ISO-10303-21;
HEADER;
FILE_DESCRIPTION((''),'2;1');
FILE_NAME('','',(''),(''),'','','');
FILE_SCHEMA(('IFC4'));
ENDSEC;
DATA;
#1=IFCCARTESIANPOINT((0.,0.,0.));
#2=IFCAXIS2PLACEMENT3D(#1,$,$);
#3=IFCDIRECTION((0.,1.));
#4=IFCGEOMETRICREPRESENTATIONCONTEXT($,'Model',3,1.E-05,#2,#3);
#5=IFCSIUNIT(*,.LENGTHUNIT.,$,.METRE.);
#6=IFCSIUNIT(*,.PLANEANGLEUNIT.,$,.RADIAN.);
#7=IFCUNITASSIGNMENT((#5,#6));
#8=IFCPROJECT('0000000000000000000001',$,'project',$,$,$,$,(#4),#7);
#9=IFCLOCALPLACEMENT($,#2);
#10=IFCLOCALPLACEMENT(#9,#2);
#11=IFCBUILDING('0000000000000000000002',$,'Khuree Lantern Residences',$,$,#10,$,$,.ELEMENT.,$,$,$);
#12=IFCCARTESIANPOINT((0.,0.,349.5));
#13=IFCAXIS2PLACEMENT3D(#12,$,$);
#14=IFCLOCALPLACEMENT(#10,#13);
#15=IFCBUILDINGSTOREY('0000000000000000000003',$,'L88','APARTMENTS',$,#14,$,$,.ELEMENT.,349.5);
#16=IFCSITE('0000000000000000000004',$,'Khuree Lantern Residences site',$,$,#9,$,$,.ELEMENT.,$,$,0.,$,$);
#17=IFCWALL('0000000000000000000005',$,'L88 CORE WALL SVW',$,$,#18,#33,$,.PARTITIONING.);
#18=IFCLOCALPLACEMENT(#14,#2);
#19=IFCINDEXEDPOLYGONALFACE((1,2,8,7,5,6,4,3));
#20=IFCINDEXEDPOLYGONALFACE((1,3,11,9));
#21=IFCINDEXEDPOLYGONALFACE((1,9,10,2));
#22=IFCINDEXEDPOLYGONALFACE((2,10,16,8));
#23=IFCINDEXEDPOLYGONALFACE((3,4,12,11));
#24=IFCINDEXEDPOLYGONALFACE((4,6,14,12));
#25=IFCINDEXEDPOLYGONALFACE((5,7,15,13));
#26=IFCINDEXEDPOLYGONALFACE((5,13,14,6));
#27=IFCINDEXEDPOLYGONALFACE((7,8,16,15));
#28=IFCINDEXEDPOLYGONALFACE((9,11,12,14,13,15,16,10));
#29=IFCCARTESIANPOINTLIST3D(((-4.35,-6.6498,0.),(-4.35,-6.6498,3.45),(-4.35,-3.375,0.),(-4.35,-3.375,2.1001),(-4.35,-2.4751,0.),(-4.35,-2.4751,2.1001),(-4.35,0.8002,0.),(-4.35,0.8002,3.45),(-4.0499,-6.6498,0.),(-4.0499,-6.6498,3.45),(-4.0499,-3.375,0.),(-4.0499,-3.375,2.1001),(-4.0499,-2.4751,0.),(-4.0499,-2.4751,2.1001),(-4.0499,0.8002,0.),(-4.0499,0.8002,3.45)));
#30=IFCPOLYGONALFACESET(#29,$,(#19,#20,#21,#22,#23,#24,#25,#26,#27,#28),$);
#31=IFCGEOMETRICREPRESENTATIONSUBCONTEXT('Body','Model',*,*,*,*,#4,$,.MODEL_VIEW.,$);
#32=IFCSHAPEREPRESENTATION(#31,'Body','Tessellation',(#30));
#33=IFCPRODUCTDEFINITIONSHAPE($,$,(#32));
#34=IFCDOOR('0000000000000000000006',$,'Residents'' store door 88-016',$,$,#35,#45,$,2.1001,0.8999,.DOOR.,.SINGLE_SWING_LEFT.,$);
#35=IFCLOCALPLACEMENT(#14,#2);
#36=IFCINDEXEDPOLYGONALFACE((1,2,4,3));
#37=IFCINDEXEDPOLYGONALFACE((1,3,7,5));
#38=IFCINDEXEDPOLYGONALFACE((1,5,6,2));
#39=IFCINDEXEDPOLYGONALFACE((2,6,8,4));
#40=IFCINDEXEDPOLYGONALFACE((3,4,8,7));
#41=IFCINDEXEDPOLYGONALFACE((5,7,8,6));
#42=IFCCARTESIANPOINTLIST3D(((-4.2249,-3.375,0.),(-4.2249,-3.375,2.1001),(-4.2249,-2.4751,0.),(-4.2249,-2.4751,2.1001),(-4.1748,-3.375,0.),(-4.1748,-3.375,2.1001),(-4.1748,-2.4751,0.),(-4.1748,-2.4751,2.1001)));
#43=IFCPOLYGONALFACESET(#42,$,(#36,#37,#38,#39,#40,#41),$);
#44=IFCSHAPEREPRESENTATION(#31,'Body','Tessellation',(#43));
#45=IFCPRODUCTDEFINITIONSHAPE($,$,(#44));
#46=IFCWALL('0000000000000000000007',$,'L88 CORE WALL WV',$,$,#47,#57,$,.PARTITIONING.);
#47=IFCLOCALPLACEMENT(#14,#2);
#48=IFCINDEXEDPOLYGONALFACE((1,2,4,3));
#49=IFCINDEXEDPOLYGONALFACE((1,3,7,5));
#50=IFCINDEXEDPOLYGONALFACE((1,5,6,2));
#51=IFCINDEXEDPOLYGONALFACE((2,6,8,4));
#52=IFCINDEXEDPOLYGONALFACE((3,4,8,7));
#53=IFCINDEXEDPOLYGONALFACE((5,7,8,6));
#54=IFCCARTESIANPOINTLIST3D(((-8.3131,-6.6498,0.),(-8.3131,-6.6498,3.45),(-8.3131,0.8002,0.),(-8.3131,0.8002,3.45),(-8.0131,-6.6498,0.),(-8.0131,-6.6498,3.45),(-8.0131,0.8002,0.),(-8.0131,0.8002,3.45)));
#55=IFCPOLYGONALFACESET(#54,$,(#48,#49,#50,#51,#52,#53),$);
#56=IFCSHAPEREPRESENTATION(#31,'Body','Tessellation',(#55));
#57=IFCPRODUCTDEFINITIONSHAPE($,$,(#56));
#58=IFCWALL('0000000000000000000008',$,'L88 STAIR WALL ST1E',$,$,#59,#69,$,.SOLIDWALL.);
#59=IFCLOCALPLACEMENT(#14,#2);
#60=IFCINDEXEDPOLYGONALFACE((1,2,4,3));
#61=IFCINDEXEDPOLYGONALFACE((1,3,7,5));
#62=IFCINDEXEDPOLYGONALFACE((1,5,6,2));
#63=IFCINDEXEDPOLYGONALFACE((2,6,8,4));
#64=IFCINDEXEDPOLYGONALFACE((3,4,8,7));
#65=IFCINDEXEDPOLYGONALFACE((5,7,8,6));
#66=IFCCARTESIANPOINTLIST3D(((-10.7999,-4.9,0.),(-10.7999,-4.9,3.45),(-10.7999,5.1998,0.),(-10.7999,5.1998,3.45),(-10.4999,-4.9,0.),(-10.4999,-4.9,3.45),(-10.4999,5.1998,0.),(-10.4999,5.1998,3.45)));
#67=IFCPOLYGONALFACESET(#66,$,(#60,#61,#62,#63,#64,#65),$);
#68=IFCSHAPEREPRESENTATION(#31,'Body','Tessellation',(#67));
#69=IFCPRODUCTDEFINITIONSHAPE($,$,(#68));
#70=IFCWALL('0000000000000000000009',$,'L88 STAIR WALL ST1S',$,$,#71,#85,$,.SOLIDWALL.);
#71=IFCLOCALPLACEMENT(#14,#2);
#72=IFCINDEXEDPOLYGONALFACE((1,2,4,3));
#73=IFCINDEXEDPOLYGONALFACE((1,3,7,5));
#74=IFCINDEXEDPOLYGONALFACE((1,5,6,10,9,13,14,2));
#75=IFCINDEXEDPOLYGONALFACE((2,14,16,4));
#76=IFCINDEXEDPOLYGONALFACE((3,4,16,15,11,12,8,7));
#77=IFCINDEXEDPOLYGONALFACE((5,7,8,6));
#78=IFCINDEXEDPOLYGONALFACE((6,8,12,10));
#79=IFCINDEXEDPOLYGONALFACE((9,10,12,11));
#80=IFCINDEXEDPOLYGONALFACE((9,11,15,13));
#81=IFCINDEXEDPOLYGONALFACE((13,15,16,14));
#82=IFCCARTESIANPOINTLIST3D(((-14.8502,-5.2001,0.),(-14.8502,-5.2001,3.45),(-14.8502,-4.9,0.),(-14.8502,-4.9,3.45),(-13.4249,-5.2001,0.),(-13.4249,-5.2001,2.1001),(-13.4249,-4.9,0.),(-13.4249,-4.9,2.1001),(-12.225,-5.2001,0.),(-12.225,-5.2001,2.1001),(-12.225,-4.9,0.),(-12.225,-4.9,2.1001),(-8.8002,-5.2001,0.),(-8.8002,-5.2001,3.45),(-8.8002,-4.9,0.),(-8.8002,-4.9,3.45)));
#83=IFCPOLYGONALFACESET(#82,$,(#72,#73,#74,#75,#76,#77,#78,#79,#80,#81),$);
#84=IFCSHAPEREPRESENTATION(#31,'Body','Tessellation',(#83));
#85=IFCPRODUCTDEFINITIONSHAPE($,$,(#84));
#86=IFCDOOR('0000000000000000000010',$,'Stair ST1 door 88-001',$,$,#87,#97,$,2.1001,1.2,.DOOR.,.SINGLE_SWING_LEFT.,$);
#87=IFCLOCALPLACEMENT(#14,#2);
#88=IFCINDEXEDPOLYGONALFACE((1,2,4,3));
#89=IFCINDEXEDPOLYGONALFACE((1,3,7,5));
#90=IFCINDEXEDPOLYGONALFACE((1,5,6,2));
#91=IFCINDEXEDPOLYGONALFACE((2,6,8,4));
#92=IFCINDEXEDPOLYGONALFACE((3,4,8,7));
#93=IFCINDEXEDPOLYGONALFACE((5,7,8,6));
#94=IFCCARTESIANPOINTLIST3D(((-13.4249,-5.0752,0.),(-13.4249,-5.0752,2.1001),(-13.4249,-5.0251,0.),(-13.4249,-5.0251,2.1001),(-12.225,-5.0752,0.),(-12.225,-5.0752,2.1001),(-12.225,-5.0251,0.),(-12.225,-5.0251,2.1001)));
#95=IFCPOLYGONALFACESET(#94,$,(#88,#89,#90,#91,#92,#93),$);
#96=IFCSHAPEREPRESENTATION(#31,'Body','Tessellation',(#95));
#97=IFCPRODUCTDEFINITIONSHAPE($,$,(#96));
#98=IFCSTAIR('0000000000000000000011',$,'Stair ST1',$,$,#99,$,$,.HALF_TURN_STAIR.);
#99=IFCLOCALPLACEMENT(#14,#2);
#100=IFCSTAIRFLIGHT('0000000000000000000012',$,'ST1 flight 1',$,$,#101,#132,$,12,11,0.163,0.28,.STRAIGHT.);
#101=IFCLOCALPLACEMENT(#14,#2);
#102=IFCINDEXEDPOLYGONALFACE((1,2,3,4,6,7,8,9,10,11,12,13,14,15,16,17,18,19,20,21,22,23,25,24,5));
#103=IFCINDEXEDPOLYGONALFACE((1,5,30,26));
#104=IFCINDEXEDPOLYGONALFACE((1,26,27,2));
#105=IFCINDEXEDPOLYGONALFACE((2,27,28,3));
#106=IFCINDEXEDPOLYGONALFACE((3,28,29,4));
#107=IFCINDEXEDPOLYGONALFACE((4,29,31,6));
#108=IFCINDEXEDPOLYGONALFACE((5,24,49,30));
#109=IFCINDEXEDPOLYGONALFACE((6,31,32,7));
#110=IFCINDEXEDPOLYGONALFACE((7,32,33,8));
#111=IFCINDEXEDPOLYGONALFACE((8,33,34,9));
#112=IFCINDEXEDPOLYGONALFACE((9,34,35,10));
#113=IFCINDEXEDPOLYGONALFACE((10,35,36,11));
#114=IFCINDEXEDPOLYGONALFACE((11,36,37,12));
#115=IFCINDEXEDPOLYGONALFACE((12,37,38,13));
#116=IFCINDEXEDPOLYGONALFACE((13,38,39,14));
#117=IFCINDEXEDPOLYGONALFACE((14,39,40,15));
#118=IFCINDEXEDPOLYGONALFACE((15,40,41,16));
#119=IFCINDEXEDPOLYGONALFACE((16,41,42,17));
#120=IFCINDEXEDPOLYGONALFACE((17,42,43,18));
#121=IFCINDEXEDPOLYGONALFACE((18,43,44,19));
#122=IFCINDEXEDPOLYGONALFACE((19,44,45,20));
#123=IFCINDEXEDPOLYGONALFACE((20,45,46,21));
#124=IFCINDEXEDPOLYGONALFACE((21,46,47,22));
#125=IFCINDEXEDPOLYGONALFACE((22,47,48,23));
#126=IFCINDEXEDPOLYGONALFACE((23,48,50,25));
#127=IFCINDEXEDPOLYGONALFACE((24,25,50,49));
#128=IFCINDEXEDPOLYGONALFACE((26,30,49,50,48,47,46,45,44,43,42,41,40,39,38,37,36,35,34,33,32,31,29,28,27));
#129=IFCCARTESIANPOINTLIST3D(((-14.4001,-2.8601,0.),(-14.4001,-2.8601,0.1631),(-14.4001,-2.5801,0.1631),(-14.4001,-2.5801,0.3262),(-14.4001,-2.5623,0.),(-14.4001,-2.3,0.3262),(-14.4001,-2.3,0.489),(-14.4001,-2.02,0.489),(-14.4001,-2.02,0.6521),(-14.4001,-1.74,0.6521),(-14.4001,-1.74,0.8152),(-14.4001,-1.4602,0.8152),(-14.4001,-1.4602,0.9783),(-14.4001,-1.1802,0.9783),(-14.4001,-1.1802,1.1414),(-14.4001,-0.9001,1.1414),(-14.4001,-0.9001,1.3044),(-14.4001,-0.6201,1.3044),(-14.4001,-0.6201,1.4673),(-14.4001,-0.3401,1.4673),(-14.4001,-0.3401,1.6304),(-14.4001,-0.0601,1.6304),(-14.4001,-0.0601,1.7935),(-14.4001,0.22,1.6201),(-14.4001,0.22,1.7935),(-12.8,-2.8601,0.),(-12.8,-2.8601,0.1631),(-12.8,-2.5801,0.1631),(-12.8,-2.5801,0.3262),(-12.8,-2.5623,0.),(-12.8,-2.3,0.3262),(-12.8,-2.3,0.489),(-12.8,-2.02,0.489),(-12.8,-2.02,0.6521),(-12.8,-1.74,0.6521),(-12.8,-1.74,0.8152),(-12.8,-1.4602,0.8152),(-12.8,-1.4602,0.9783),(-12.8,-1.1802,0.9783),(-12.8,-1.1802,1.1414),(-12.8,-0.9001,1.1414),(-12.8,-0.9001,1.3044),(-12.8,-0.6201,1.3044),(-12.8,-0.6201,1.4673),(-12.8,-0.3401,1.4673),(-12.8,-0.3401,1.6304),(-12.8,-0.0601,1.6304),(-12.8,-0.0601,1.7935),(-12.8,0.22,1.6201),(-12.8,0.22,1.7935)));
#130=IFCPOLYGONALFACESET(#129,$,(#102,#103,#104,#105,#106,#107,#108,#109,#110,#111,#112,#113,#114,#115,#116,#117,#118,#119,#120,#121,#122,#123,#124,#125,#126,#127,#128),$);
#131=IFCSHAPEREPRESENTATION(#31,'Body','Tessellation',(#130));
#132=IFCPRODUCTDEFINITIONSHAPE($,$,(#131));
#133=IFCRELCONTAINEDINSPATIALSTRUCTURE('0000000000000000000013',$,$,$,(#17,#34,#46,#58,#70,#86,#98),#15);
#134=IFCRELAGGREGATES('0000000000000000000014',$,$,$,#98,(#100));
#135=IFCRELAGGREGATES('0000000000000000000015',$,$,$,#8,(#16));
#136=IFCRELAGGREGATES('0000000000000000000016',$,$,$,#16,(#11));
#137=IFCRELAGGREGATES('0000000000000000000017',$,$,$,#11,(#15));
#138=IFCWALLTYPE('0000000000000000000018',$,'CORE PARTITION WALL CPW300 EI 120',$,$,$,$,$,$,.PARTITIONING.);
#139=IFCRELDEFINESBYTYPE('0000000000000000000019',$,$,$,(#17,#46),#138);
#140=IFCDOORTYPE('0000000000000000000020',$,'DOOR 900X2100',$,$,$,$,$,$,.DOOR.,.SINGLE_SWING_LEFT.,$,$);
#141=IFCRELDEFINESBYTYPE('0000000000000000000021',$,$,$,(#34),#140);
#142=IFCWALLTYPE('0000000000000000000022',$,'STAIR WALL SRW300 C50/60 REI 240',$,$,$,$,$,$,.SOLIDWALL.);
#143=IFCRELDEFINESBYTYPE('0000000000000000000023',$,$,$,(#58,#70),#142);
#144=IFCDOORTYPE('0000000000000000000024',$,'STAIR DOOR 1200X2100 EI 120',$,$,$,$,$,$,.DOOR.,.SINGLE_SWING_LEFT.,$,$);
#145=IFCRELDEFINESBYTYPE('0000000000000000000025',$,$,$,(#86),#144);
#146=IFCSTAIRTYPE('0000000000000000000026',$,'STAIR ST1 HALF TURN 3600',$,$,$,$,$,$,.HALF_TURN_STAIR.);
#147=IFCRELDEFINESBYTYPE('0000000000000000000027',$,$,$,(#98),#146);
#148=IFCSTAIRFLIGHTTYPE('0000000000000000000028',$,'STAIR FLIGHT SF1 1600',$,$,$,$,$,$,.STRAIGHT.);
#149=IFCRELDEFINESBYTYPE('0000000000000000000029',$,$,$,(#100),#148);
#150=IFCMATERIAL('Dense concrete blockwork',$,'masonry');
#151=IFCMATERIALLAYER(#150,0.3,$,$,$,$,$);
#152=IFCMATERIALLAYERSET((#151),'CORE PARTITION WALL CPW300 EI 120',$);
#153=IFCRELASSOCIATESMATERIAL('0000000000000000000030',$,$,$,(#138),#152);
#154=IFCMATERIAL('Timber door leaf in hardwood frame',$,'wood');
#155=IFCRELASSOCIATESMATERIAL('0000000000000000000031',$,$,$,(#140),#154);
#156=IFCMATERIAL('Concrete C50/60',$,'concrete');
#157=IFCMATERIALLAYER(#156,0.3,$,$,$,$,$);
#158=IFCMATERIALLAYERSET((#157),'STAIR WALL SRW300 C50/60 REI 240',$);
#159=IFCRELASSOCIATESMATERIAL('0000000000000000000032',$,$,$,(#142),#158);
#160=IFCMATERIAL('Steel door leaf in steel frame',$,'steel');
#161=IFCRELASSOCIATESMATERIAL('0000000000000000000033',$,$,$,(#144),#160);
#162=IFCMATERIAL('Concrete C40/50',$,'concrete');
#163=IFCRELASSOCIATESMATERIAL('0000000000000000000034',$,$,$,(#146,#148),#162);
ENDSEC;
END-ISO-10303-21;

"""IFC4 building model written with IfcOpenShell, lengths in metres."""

from ifc_helpers import new_model, si_unit, direction, frame, frame_2d, origin, place, context, subcontext, project, spatial, polyline, rectangle, outline, extrude, material, layer, layer_set, type_object, element, fill, aggregate, save


model = new_model("IFC4")

# Units and contexts
model_context = context("Model", 3, precision=1e-05, world=origin(), true_north=direction((0.0, 1.0)))
body_context = subcontext(model_context, "Body", "Model", "MODEL_VIEW")
ifc_project = project(units=[si_unit("LENGTHUNIT", "METRE"), si_unit("PLANEANGLEUNIT", "RADIAN")], contexts=[model_context])

# Site, building, storey
site_placement = place(None, origin())
site = spatial("IfcSite", under=ifc_project, at=site_placement, Name="Khuree Lantern Residences site", CompositionType="ELEMENT", RefElevation=0.0)
building_placement = place(site_placement, origin())
building = spatial("IfcBuilding", under=site, at=building_placement, Name="Khuree Lantern Residences", CompositionType="ELEMENT")
storey_placement = place(building_placement, frame((0.0, 0.0, 349.5)))
storey = spatial("IfcBuildingStorey", under=building, at=storey_placement, Name="L88", Description="APARTMENTS", CompositionType="ELEMENT", Elevation=349.5)

# Shared definitions
ifc_material_1 = material(Name="Dense concrete blockwork", Category="masonry")
ifc_layer_1 = layer(ifc_material_1, 0.3)
ifc_layer_set_1 = layer_set([ifc_layer_1], Name="CORE PARTITION WALL CPW300 EI 120")
wall_type_1 = type_object("IfcWallType", Name="CORE PARTITION WALL CPW300 EI 120", PredefinedType="PARTITIONING", material=ifc_layer_set_1)

# Shared definitions
ifc_material_2 = material(Name="Steel door leaf in steel frame", Category="steel")

# Wall, opening, door
wall_1_placement = place(storey_placement, frame((-4.2, -6.6499, 0.0), z_axis=(0.0, 0.0, 1.0), x_axis=(0.0, 1.0, 0.0)))
wall_1 = element("IfcWall", 1, at=wall_1_placement, inside=storey, type_object=wall_type_1, Name="L88 CORE WALL SVW", PredefinedType="PARTITIONING", context=body_context, shape_type="SweptSolid", body=[
    extrude(rectangle(XDim=7.45, YDim=0.3, at=frame_2d((3.7251, 0.0))), origin(), (0.0, 0.0, 1.0), 3.45),
])
opening_1_placement = place(wall_1_placement, frame((3.2749, 0.0, 0.0)))
opening_1 = element("IfcOpeningElement", 2, at=opening_1_placement, cuts=wall_1, PredefinedType="OPENING", context=body_context, shape_type="SweptSolid", body=[
    extrude(rectangle(XDim=0.8999, YDim=2.1001, at=frame_2d((0.45, 1.05))), frame((0.0, 0.1602, 0.0), z_axis=(0.0, -1.0, 0.0), x_axis=(1.0, 0.0, 0.0)), (0.0, 0.0, 1.0), 0.3201),
])
ifc_material_3 = material(Name="Timber door leaf in hardwood frame", Category="wood")
door_type_1 = type_object("IfcDoorType", Name="DOOR 900X2100", OperationType="SINGLE_SWING_LEFT", PredefinedType="DOOR", material=ifc_material_3)
door_1_placement = place(opening_1_placement, origin())
door_1 = element("IfcDoor", 3, at=door_1_placement, inside=storey, type_object=door_type_1, Name="Residents' store door 88-016", OperationType="SINGLE_SWING_LEFT", OverallHeight=2.1001, OverallWidth=0.8999, PredefinedType="DOOR", context=body_context, shape_type="SweptSolid", body=[
    extrude(rectangle(XDim=0.8999, YDim=2.1001, at=frame_2d((0.45, 1.05))), frame((0.0, 0.0249, 0.0), z_axis=(0.0, -1.0, 0.0), x_axis=(1.0, 0.0, 0.0)), (0.0, 0.0, 1.0), 0.05),
])
fill(opening_1, door_1)

# Walls
wall_2_placement = place(storey_placement, frame((-8.1631, -6.6499, 0.0), z_axis=(0.0, 0.0, 1.0), x_axis=(0.0, 1.0, 0.0)))
element("IfcWall", 4, at=wall_2_placement, inside=storey, type_object=wall_type_1, Name="L88 CORE WALL WV", PredefinedType="PARTITIONING", context=body_context, shape_type="SweptSolid", body=[
    extrude(rectangle(XDim=7.45, YDim=0.3, at=frame_2d((3.7251, 0.0))), origin(), (0.0, 0.0, 1.0), 3.45),
])
ifc_material_4 = material(Name="Concrete C50/60", Category="concrete")
ifc_layer_2 = layer(ifc_material_4, 0.3)
ifc_layer_set_2 = layer_set([ifc_layer_2], Name="STAIR WALL SRW300 C50/60 REI 240")
wall_type_2 = type_object("IfcWallType", Name="STAIR WALL SRW300 C50/60 REI 240", PredefinedType="SOLIDWALL", material=ifc_layer_set_2)
wall_3_placement = place(storey_placement, frame((-10.6499, -4.8999, 0.0), z_axis=(0.0, 0.0, 1.0), x_axis=(0.0, 1.0, 0.0)))
element("IfcWall", 5, at=wall_3_placement, inside=storey, type_object=wall_type_2, Name="L88 STAIR WALL ST1E", PredefinedType="SOLIDWALL", context=body_context, shape_type="SweptSolid", body=[
    extrude(rectangle(XDim=10.0999, YDim=0.3, at=frame_2d((5.0498, 0.0))), origin(), (0.0, 0.0, 1.0), 3.45),
])

# Wall, opening, door
wall_4_placement = place(storey_placement, frame((-14.8501, -5.05, 0.0), z_axis=(0.0, 0.0, 1.0), x_axis=(1.0, 0.0, 0.0)))
wall_4 = element("IfcWall", 6, at=wall_4_placement, inside=storey, type_object=wall_type_2, Name="L88 STAIR WALL ST1S", PredefinedType="SOLIDWALL", context=body_context, shape_type="SweptSolid", body=[
    extrude(rectangle(XDim=6.05, YDim=0.3, at=frame_2d((3.0249, 0.0))), origin(), (0.0, 0.0, 1.0), 3.45),
])
opening_2_placement = place(wall_4_placement, frame((1.425, 0.0, 0.0)))
opening_2 = element("IfcOpeningElement", 7, at=opening_2_placement, cuts=wall_4, PredefinedType="OPENING", context=body_context, shape_type="SweptSolid", body=[
    extrude(rectangle(XDim=1.2, YDim=2.1001, at=frame_2d((0.6001, 1.05))), frame((0.0, 0.1602, 0.0), z_axis=(0.0, -1.0, 0.0), x_axis=(1.0, 0.0, 0.0)), (0.0, 0.0, 1.0), 0.3201),
])
door_type_2 = type_object("IfcDoorType", Name="STAIR DOOR 1200X2100 EI 120", OperationType="SINGLE_SWING_LEFT", PredefinedType="DOOR", material=ifc_material_2)
door_2_placement = place(opening_2_placement, origin())
door_2 = element("IfcDoor", 8, at=door_2_placement, inside=storey, type_object=door_type_2, Name="Stair ST1 door 88-001", OperationType="SINGLE_SWING_LEFT", OverallHeight=2.1001, OverallWidth=1.2, PredefinedType="DOOR", context=body_context, shape_type="SweptSolid", body=[
    extrude(rectangle(XDim=1.2, YDim=2.1001, at=frame_2d((0.6001, 1.05))), frame((0.0, 0.0249, 0.0), z_axis=(0.0, -1.0, 0.0), x_axis=(1.0, 0.0, 0.0)), (0.0, 0.0, 1.0), 0.05),
])
fill(opening_2, door_2)

# Stair, stair flight
ifc_material_5 = material(Name="Concrete C40/50", Category="concrete")
stair_type = type_object("IfcStairType", Name="STAIR ST1 HALF TURN 3600", PredefinedType="HALF_TURN_STAIR", material=ifc_material_5)
stair_placement = place(storey_placement, origin())
stair = element("IfcStair", 9, at=stair_placement, inside=storey, type_object=stair_type, Name="Stair ST1", PredefinedType="HALF_TURN_STAIR")
stair_flight_type = type_object("IfcStairFlightType", Name="STAIR FLIGHT SF1 1600", PredefinedType="STRAIGHT", material=ifc_material_5)
stair_flight_placement = place(storey_placement, frame((-13.6001, -2.8601, 0.0), z_axis=(0.0, 0.0, 1.0), x_axis=(0.0, 1.0, 0.0)))
stair_flight = element("IfcStairFlight", 10, at=stair_flight_placement, type_object=stair_flight_type, Name="ST1 flight 1", NumberOfRisers=12, NumberOfTreads=11, PredefinedType="STRAIGHT", RiserHeight=0.163, TreadLength=0.28, context=body_context, shape_type="SweptSolid", body=[
    extrude(outline(polyline([(0.0, 0.0), (0.0, 0.1631), (0.28, 0.1631), (0.28, 0.3262), (0.5601, 0.3262), (0.5601, 0.489), (0.8401, 0.489), (0.8401, 0.6521), (1.1201, 0.6521), (1.1201, 0.8152), (1.3999, 0.8152), (1.3999, 0.9783), (1.6799, 0.9783), (1.6799, 1.1414), (1.96, 1.1414), (1.96, 1.3044), (2.24, 1.3044), (2.24, 1.4673), (2.52, 1.4673), (2.52, 1.6304), (2.8, 1.6304), (2.8, 1.7935), (3.0801, 1.7935), (3.0801, 1.9565), (3.0801, 1.6201), (0.2979, 0.0), (0.0, 0.0)])), frame((0.0, 0.8, 0.0), z_axis=(0.0, -1.0, 0.0), x_axis=(1.0, 0.0, 0.0)), (0.0, 0.0, 1.0), 1.6001),
])
aggregate(stair, [stair_flight])

save(model, "model.ifc")
